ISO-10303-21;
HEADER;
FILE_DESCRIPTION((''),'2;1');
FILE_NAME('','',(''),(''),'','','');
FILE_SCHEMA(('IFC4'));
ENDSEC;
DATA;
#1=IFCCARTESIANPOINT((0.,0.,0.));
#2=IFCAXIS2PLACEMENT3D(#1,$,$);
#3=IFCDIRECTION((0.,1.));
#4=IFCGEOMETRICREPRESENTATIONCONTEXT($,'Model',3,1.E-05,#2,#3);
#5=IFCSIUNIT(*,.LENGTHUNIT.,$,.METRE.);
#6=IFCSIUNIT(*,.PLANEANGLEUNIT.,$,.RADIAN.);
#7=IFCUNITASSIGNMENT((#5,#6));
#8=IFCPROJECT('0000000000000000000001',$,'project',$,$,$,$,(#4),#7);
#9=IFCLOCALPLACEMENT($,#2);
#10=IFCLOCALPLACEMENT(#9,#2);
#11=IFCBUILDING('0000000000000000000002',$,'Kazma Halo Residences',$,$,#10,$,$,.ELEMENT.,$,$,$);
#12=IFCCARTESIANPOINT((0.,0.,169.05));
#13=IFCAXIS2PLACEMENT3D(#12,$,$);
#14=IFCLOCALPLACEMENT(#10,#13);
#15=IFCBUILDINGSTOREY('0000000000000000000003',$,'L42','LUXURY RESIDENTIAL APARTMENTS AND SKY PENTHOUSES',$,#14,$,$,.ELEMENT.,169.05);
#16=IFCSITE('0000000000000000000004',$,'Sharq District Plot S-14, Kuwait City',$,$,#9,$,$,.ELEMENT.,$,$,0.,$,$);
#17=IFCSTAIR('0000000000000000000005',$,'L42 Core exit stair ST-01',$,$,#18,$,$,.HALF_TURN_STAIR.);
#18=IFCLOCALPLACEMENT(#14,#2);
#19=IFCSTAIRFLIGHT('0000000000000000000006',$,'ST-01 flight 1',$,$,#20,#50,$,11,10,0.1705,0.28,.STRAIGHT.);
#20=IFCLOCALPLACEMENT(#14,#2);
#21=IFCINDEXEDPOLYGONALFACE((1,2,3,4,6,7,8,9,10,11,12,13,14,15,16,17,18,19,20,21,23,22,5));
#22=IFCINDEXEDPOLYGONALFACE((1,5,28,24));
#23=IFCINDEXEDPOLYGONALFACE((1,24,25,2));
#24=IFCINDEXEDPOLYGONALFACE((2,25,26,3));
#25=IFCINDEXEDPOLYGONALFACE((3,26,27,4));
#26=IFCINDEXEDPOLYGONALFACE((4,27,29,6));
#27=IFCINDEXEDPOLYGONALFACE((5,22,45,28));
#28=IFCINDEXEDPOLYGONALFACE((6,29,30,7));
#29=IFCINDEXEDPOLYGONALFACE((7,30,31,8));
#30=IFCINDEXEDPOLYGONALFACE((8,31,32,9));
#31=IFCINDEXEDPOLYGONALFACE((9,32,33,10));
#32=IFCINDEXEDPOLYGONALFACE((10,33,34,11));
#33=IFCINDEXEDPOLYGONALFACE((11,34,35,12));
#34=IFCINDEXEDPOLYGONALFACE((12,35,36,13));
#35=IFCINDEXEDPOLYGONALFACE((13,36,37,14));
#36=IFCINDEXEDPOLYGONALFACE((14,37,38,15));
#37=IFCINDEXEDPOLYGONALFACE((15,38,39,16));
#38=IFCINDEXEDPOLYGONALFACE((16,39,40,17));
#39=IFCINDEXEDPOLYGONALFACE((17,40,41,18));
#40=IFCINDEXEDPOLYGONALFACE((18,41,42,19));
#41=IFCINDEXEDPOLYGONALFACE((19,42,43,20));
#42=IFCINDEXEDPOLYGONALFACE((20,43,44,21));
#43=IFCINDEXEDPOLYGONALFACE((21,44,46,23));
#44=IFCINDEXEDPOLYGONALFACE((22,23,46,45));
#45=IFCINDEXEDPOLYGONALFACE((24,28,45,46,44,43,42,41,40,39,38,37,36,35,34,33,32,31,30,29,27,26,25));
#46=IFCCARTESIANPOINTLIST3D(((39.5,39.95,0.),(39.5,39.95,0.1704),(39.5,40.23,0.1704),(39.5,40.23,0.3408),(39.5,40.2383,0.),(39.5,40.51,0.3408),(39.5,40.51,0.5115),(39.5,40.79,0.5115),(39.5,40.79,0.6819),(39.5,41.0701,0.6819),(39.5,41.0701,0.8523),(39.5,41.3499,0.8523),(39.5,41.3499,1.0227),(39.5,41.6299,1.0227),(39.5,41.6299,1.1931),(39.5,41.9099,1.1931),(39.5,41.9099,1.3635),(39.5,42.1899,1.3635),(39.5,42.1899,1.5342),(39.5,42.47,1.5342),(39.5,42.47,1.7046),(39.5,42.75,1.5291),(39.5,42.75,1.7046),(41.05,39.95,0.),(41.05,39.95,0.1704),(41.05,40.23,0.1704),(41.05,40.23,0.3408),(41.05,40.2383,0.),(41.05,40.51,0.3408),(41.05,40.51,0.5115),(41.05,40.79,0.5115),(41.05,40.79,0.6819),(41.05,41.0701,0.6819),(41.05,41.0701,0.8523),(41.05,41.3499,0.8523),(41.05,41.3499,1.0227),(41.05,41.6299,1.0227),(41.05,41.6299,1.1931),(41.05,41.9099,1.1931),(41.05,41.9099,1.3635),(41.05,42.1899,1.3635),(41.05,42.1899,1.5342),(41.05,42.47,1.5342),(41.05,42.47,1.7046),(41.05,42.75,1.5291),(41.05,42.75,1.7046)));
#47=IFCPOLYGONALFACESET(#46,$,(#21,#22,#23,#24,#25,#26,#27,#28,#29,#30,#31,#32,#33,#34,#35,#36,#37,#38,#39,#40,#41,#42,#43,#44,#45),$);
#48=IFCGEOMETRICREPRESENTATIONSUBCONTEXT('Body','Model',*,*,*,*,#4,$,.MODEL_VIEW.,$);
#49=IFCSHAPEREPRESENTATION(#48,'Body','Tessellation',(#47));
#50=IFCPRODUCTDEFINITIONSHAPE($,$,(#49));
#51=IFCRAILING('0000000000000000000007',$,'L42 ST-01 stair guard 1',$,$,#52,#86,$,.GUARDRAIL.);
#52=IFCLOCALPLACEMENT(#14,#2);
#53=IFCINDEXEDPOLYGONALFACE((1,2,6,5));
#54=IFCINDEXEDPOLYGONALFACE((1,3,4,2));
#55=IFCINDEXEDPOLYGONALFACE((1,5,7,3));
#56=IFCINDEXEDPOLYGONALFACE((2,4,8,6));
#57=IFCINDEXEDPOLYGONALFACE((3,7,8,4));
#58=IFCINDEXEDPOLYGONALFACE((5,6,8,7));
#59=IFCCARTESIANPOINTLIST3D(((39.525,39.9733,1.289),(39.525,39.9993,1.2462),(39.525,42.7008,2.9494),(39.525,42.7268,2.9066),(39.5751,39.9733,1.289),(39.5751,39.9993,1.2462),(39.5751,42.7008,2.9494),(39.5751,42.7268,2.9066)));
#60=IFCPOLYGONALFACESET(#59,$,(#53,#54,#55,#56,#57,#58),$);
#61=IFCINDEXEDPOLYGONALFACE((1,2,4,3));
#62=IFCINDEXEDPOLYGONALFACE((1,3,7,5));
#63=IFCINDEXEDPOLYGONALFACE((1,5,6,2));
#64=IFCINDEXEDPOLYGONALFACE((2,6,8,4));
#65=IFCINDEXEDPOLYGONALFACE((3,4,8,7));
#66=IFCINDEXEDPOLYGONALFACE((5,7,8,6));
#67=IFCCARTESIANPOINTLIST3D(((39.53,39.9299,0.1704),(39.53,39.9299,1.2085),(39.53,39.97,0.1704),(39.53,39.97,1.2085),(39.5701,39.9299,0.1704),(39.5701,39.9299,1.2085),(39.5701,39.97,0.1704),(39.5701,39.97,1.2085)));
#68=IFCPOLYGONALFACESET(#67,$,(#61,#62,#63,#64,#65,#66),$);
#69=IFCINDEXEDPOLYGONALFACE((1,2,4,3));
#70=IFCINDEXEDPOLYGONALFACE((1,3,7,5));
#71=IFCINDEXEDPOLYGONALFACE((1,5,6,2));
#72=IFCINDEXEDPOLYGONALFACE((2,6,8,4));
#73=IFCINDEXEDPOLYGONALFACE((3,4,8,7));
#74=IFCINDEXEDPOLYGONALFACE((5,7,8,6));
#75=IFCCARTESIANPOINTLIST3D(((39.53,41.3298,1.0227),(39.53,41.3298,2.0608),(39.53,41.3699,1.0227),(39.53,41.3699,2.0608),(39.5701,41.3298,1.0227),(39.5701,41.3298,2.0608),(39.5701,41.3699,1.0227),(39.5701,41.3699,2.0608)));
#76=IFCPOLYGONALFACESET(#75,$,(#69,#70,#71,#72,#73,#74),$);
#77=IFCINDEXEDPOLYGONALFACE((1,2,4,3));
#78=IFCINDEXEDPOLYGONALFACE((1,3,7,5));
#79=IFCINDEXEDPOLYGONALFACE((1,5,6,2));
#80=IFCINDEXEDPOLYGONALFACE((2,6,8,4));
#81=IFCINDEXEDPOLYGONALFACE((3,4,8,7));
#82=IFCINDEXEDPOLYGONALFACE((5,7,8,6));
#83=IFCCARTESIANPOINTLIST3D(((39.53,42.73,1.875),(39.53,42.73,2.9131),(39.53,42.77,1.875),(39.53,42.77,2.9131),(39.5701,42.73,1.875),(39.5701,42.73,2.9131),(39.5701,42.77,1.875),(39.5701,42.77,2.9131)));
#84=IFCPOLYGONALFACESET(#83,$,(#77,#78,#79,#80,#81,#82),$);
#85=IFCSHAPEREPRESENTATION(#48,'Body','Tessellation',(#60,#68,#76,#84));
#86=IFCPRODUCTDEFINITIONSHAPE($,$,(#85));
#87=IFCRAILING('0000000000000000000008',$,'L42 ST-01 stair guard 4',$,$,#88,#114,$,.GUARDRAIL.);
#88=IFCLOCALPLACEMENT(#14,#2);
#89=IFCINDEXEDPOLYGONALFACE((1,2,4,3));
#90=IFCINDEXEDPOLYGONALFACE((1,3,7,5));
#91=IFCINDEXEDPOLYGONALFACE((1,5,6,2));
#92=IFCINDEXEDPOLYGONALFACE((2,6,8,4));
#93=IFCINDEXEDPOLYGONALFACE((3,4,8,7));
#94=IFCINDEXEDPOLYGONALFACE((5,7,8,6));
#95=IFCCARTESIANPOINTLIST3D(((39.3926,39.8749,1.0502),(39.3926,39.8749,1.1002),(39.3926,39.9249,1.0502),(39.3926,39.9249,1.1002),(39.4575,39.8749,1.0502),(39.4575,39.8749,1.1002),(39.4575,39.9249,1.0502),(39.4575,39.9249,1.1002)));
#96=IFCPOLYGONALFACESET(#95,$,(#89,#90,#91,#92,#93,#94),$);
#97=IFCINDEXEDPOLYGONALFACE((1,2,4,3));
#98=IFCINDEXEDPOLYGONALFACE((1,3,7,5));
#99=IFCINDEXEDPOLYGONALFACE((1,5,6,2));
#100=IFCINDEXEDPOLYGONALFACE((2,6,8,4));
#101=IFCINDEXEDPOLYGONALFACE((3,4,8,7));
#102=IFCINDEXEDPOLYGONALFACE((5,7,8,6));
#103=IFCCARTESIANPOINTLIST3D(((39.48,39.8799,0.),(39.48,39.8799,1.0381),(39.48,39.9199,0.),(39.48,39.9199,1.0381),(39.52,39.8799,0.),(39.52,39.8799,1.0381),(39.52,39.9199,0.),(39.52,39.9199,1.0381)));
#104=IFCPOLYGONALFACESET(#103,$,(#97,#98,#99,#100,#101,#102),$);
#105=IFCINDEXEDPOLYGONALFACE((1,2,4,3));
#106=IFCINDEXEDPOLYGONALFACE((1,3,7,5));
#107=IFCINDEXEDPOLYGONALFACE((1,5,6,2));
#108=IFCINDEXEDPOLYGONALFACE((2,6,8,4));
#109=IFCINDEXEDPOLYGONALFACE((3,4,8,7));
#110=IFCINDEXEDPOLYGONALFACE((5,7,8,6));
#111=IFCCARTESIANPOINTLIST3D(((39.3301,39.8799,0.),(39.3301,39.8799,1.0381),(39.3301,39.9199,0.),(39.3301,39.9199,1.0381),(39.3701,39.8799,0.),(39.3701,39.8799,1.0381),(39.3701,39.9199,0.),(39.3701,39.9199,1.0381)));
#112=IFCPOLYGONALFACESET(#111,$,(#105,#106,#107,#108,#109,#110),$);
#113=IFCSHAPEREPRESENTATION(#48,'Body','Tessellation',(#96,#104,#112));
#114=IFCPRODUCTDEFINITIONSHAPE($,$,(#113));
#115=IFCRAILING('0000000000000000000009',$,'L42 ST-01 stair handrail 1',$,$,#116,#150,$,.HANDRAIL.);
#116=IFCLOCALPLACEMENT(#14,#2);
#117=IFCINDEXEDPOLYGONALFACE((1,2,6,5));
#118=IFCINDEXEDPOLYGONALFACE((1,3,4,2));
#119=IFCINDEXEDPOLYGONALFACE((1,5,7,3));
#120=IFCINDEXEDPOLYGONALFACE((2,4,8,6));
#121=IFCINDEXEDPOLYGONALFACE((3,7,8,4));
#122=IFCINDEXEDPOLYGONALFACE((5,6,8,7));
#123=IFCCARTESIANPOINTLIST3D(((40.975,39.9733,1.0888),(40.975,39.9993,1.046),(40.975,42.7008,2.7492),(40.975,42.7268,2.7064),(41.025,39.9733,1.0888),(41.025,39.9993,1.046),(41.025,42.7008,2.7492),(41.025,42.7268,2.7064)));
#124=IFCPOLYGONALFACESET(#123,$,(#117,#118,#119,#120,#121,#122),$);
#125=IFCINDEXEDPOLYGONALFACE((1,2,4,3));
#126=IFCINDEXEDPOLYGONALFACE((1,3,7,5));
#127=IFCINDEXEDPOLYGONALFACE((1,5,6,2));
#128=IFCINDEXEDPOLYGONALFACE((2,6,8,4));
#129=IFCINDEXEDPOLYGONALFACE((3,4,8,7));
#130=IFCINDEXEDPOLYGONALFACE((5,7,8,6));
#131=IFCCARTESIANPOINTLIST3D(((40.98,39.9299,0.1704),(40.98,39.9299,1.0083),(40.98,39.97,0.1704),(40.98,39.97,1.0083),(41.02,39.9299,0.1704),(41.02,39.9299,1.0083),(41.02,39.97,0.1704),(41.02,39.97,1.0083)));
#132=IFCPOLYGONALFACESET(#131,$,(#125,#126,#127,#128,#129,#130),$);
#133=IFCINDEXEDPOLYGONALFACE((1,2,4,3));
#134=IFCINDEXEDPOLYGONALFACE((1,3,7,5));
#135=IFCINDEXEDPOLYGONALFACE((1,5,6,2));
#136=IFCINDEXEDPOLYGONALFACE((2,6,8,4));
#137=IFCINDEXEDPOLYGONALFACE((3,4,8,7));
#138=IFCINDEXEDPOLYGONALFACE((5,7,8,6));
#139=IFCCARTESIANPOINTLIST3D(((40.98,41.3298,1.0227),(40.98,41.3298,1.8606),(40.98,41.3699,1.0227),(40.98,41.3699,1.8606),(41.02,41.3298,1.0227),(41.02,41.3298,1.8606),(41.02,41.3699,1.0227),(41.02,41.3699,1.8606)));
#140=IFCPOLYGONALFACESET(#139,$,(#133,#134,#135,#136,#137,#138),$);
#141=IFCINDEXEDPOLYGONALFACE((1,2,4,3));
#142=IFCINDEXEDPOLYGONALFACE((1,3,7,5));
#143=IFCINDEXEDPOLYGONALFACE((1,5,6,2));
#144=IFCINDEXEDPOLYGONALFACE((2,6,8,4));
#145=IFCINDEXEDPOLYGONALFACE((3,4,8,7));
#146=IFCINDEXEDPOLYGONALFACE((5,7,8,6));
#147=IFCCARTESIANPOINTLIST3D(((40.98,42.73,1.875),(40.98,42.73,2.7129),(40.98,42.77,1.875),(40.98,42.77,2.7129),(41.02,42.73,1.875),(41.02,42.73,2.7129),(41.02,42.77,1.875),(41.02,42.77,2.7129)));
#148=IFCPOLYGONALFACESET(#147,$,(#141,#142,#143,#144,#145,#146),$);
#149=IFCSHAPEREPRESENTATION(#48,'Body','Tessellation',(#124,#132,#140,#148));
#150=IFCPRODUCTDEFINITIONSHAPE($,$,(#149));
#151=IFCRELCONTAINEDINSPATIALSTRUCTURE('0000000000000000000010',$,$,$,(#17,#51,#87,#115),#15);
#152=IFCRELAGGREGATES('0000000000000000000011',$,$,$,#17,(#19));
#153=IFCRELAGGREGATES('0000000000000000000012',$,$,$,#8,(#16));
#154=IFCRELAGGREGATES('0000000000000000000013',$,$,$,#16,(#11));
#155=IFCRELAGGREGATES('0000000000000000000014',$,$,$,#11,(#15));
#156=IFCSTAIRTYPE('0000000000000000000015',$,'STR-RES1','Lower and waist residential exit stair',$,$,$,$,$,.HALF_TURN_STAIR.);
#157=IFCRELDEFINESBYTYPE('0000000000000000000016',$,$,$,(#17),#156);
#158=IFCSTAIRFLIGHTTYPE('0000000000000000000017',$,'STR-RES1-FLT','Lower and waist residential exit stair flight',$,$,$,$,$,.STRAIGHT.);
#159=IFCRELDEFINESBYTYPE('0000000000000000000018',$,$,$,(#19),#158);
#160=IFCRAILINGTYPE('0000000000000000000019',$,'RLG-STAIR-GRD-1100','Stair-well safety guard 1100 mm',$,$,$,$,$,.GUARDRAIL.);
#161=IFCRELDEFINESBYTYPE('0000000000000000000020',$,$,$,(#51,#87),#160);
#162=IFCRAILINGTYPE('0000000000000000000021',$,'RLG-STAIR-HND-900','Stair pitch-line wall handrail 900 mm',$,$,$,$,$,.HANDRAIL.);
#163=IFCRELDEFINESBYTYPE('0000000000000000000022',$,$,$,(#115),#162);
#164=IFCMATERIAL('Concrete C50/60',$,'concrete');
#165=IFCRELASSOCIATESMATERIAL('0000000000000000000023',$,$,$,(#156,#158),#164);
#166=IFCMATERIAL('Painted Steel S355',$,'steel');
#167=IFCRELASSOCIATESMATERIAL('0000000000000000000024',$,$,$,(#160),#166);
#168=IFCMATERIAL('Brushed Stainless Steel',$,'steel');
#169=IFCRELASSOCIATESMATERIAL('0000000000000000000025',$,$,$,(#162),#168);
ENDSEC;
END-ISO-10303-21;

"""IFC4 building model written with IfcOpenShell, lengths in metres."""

from ifc_helpers import new_model, si_unit, direction, frame, origin, origin_2d, place, context, subcontext, project, spatial, polyline, rectangle, outline, extrude, material, type_object, element, aggregate, save


model = new_model("IFC4")

# Units and contexts
model_context = context("Model", 3, precision=1e-05, world=origin(), true_north=direction((0.0, 1.0)))
body_context = subcontext(model_context, "Body", "Model", "MODEL_VIEW")
ifc_project = project(units=[si_unit("LENGTHUNIT", "METRE"), si_unit("PLANEANGLEUNIT", "RADIAN")], contexts=[model_context])

# Site, building, storey
site_placement = place(None, origin())
site = spatial("IfcSite", under=ifc_project, at=site_placement, Name="Sharq District Plot S-14, Kuwait City", CompositionType="ELEMENT", RefElevation=0.0)
building_placement = place(site_placement, origin())
building = spatial("IfcBuilding", under=site, at=building_placement, Name="Kazma Halo Residences", CompositionType="ELEMENT")
storey_placement = place(building_placement, frame((0.0, 0.0, 169.05)))
storey = spatial("IfcBuildingStorey", under=building, at=storey_placement, Name="L42", Description="LUXURY RESIDENTIAL APARTMENTS AND SKY PENTHOUSES", CompositionType="ELEMENT", Elevation=169.05)

# Shared definitions
ifc_material_1 = material(Name="Concrete C50/60", Category="concrete")

# Stair, stair flight
stair_type = type_object("IfcStairType", Name="STR-RES1", Description="Lower and waist residential exit stair", PredefinedType="HALF_TURN_STAIR", material=ifc_material_1)
stair_placement = place(storey_placement, origin())
stair = element("IfcStair", 1, at=stair_placement, inside=storey, type_object=stair_type, Name="L42 Core exit stair ST-01", PredefinedType="HALF_TURN_STAIR")
stair_flight_type = type_object("IfcStairFlightType", Name="STR-RES1-FLT", Description="Lower and waist residential exit stair flight", PredefinedType="STRAIGHT", material=ifc_material_1)
stair_flight_placement = place(storey_placement, frame((40.2749, 39.95, 0.0), z_axis=(0.0, 0.0, 1.0), x_axis=(0.0, 1.0, 0.0)))
stair_flight = element("IfcStairFlight", 2, at=stair_flight_placement, type_object=stair_flight_type, Name="ST-01 flight 1", NumberOfRisers=11, NumberOfTreads=10, PredefinedType="STRAIGHT", RiserHeight=0.1705, TreadLength=0.28, context=body_context, shape_type="SweptSolid", body=[
    extrude(outline(polyline([(0.0, 0.0), (0.0, 0.1704), (0.28, 0.1704), (0.28, 0.3408), (0.5601, 0.3408), (0.5601, 0.5115), (0.8401, 0.5115), (0.8401, 0.6819), (1.1201, 0.6819), (1.1201, 0.8523), (1.3999, 0.8523), (1.3999, 1.0227), (1.6799, 1.0227), (1.6799, 1.1931), (1.96, 1.1931), (1.96, 1.3635), (2.24, 1.3635), (2.24, 1.5342), (2.52, 1.5342), (2.52, 1.7046), (2.8, 1.7046), (2.8, 1.875), (2.8, 1.5291), (0.2883, 0.0), (0.0, 0.0)])), frame((0.0, 0.7749, 0.0), z_axis=(0.0, -1.0, 0.0), x_axis=(1.0, 0.0, 0.0)), (0.0, 0.0, 1.0), 1.55),
])
aggregate(stair, [stair_flight])

# Railings
ifc_material_2 = material(Name="Painted Steel S355", Category="steel")
railing_type_1 = type_object("IfcRailingType", Name="RLG-STAIR-GRD-1100", Description="Stair-well safety guard 1100 mm", PredefinedType="GUARDRAIL", material=ifc_material_2)
railing_1_placement = place(storey_placement, frame((39.55, 39.95, 0.1704)))
element("IfcRailing", 3, at=railing_1_placement, inside=storey, type_object=railing_type_1, Name="L42 ST-01 stair guard 1", PredefinedType="GUARDRAIL", context=body_context, shape_type="SweptSolid", body=[
    extrude(rectangle(XDim=0.05, YDim=0.05, at=origin_2d()), frame((0.0, 0.0364, 1.0972), z_axis=(0.0, 0.85417, 0.519994), x_axis=(-1.0, 0.0, 0.0)), (0.0, 0.0, 1.0), 3.1931),
    extrude(rectangle(XDim=0.04, YDim=0.04, at=origin_2d()), origin(), (0.0, 0.0, 1.0), 1.0381),
    extrude(rectangle(XDim=0.04, YDim=0.04, at=origin_2d()), frame((0.0, 1.3999, 0.8523)), (0.0, 0.0, 1.0), 1.0381),
    extrude(rectangle(XDim=0.04, YDim=0.04, at=origin_2d()), frame((0.0, 2.8, 1.7046)), (0.0, 0.0, 1.0), 1.0381),
])
railing_2_placement = place(storey_placement, frame((39.5, 39.8999, 0.0)))
element("IfcRailing", 4, at=railing_2_placement, inside=storey, type_object=railing_type_1, Name="L42 ST-01 stair guard 4", PredefinedType="GUARDRAIL", context=body_context, shape_type="SweptSolid", body=[
    extrude(rectangle(XDim=0.05, YDim=0.05, at=origin_2d()), frame((-0.0425, 0.0, 1.0752), z_axis=(-1.0, 0.0, 0.0), x_axis=(0.0, -1.0, 0.0)), (0.0, 0.0, 1.0), 0.0649),
    extrude(rectangle(XDim=0.04, YDim=0.04, at=origin_2d()), origin(), (0.0, 0.0, 1.0), 1.0381),
    extrude(rectangle(XDim=0.04, YDim=0.04, at=origin_2d()), frame((-0.1499, 0.0, 0.0)), (0.0, 0.0, 1.0), 1.0381),
])
ifc_material_3 = material(Name="Brushed Stainless Steel", Category="steel")
railing_type_2 = type_object("IfcRailingType", Name="RLG-STAIR-HND-900", Description="Stair pitch-line wall handrail 900 mm", PredefinedType="HANDRAIL", material=ifc_material_3)
railing_3_placement = place(storey_placement, frame((41.0, 39.95, 0.1704)))
element("IfcRailing", 5, at=railing_3_placement, inside=storey, type_object=railing_type_2, Name="L42 ST-01 stair handrail 1", PredefinedType="HANDRAIL", context=body_context, shape_type="SweptSolid", body=[
    extrude(rectangle(XDim=0.05, YDim=0.05, at=origin_2d()), frame((0.0, 0.0364, 0.897), z_axis=(0.0, 0.85417, 0.519994), x_axis=(-1.0, 0.0, 0.0)), (0.0, 0.0, 1.0), 3.1931),
    extrude(rectangle(XDim=0.04, YDim=0.04, at=origin_2d()), origin(), (0.0, 0.0, 1.0), 0.8379),
    extrude(rectangle(XDim=0.04, YDim=0.04, at=origin_2d()), frame((0.0, 1.3999, 0.8523)), (0.0, 0.0, 1.0), 0.8379),
    extrude(rectangle(XDim=0.04, YDim=0.04, at=origin_2d()), frame((0.0, 2.8, 1.7046)), (0.0, 0.0, 1.0), 0.8379),
])

save(model, "model.ifc")
